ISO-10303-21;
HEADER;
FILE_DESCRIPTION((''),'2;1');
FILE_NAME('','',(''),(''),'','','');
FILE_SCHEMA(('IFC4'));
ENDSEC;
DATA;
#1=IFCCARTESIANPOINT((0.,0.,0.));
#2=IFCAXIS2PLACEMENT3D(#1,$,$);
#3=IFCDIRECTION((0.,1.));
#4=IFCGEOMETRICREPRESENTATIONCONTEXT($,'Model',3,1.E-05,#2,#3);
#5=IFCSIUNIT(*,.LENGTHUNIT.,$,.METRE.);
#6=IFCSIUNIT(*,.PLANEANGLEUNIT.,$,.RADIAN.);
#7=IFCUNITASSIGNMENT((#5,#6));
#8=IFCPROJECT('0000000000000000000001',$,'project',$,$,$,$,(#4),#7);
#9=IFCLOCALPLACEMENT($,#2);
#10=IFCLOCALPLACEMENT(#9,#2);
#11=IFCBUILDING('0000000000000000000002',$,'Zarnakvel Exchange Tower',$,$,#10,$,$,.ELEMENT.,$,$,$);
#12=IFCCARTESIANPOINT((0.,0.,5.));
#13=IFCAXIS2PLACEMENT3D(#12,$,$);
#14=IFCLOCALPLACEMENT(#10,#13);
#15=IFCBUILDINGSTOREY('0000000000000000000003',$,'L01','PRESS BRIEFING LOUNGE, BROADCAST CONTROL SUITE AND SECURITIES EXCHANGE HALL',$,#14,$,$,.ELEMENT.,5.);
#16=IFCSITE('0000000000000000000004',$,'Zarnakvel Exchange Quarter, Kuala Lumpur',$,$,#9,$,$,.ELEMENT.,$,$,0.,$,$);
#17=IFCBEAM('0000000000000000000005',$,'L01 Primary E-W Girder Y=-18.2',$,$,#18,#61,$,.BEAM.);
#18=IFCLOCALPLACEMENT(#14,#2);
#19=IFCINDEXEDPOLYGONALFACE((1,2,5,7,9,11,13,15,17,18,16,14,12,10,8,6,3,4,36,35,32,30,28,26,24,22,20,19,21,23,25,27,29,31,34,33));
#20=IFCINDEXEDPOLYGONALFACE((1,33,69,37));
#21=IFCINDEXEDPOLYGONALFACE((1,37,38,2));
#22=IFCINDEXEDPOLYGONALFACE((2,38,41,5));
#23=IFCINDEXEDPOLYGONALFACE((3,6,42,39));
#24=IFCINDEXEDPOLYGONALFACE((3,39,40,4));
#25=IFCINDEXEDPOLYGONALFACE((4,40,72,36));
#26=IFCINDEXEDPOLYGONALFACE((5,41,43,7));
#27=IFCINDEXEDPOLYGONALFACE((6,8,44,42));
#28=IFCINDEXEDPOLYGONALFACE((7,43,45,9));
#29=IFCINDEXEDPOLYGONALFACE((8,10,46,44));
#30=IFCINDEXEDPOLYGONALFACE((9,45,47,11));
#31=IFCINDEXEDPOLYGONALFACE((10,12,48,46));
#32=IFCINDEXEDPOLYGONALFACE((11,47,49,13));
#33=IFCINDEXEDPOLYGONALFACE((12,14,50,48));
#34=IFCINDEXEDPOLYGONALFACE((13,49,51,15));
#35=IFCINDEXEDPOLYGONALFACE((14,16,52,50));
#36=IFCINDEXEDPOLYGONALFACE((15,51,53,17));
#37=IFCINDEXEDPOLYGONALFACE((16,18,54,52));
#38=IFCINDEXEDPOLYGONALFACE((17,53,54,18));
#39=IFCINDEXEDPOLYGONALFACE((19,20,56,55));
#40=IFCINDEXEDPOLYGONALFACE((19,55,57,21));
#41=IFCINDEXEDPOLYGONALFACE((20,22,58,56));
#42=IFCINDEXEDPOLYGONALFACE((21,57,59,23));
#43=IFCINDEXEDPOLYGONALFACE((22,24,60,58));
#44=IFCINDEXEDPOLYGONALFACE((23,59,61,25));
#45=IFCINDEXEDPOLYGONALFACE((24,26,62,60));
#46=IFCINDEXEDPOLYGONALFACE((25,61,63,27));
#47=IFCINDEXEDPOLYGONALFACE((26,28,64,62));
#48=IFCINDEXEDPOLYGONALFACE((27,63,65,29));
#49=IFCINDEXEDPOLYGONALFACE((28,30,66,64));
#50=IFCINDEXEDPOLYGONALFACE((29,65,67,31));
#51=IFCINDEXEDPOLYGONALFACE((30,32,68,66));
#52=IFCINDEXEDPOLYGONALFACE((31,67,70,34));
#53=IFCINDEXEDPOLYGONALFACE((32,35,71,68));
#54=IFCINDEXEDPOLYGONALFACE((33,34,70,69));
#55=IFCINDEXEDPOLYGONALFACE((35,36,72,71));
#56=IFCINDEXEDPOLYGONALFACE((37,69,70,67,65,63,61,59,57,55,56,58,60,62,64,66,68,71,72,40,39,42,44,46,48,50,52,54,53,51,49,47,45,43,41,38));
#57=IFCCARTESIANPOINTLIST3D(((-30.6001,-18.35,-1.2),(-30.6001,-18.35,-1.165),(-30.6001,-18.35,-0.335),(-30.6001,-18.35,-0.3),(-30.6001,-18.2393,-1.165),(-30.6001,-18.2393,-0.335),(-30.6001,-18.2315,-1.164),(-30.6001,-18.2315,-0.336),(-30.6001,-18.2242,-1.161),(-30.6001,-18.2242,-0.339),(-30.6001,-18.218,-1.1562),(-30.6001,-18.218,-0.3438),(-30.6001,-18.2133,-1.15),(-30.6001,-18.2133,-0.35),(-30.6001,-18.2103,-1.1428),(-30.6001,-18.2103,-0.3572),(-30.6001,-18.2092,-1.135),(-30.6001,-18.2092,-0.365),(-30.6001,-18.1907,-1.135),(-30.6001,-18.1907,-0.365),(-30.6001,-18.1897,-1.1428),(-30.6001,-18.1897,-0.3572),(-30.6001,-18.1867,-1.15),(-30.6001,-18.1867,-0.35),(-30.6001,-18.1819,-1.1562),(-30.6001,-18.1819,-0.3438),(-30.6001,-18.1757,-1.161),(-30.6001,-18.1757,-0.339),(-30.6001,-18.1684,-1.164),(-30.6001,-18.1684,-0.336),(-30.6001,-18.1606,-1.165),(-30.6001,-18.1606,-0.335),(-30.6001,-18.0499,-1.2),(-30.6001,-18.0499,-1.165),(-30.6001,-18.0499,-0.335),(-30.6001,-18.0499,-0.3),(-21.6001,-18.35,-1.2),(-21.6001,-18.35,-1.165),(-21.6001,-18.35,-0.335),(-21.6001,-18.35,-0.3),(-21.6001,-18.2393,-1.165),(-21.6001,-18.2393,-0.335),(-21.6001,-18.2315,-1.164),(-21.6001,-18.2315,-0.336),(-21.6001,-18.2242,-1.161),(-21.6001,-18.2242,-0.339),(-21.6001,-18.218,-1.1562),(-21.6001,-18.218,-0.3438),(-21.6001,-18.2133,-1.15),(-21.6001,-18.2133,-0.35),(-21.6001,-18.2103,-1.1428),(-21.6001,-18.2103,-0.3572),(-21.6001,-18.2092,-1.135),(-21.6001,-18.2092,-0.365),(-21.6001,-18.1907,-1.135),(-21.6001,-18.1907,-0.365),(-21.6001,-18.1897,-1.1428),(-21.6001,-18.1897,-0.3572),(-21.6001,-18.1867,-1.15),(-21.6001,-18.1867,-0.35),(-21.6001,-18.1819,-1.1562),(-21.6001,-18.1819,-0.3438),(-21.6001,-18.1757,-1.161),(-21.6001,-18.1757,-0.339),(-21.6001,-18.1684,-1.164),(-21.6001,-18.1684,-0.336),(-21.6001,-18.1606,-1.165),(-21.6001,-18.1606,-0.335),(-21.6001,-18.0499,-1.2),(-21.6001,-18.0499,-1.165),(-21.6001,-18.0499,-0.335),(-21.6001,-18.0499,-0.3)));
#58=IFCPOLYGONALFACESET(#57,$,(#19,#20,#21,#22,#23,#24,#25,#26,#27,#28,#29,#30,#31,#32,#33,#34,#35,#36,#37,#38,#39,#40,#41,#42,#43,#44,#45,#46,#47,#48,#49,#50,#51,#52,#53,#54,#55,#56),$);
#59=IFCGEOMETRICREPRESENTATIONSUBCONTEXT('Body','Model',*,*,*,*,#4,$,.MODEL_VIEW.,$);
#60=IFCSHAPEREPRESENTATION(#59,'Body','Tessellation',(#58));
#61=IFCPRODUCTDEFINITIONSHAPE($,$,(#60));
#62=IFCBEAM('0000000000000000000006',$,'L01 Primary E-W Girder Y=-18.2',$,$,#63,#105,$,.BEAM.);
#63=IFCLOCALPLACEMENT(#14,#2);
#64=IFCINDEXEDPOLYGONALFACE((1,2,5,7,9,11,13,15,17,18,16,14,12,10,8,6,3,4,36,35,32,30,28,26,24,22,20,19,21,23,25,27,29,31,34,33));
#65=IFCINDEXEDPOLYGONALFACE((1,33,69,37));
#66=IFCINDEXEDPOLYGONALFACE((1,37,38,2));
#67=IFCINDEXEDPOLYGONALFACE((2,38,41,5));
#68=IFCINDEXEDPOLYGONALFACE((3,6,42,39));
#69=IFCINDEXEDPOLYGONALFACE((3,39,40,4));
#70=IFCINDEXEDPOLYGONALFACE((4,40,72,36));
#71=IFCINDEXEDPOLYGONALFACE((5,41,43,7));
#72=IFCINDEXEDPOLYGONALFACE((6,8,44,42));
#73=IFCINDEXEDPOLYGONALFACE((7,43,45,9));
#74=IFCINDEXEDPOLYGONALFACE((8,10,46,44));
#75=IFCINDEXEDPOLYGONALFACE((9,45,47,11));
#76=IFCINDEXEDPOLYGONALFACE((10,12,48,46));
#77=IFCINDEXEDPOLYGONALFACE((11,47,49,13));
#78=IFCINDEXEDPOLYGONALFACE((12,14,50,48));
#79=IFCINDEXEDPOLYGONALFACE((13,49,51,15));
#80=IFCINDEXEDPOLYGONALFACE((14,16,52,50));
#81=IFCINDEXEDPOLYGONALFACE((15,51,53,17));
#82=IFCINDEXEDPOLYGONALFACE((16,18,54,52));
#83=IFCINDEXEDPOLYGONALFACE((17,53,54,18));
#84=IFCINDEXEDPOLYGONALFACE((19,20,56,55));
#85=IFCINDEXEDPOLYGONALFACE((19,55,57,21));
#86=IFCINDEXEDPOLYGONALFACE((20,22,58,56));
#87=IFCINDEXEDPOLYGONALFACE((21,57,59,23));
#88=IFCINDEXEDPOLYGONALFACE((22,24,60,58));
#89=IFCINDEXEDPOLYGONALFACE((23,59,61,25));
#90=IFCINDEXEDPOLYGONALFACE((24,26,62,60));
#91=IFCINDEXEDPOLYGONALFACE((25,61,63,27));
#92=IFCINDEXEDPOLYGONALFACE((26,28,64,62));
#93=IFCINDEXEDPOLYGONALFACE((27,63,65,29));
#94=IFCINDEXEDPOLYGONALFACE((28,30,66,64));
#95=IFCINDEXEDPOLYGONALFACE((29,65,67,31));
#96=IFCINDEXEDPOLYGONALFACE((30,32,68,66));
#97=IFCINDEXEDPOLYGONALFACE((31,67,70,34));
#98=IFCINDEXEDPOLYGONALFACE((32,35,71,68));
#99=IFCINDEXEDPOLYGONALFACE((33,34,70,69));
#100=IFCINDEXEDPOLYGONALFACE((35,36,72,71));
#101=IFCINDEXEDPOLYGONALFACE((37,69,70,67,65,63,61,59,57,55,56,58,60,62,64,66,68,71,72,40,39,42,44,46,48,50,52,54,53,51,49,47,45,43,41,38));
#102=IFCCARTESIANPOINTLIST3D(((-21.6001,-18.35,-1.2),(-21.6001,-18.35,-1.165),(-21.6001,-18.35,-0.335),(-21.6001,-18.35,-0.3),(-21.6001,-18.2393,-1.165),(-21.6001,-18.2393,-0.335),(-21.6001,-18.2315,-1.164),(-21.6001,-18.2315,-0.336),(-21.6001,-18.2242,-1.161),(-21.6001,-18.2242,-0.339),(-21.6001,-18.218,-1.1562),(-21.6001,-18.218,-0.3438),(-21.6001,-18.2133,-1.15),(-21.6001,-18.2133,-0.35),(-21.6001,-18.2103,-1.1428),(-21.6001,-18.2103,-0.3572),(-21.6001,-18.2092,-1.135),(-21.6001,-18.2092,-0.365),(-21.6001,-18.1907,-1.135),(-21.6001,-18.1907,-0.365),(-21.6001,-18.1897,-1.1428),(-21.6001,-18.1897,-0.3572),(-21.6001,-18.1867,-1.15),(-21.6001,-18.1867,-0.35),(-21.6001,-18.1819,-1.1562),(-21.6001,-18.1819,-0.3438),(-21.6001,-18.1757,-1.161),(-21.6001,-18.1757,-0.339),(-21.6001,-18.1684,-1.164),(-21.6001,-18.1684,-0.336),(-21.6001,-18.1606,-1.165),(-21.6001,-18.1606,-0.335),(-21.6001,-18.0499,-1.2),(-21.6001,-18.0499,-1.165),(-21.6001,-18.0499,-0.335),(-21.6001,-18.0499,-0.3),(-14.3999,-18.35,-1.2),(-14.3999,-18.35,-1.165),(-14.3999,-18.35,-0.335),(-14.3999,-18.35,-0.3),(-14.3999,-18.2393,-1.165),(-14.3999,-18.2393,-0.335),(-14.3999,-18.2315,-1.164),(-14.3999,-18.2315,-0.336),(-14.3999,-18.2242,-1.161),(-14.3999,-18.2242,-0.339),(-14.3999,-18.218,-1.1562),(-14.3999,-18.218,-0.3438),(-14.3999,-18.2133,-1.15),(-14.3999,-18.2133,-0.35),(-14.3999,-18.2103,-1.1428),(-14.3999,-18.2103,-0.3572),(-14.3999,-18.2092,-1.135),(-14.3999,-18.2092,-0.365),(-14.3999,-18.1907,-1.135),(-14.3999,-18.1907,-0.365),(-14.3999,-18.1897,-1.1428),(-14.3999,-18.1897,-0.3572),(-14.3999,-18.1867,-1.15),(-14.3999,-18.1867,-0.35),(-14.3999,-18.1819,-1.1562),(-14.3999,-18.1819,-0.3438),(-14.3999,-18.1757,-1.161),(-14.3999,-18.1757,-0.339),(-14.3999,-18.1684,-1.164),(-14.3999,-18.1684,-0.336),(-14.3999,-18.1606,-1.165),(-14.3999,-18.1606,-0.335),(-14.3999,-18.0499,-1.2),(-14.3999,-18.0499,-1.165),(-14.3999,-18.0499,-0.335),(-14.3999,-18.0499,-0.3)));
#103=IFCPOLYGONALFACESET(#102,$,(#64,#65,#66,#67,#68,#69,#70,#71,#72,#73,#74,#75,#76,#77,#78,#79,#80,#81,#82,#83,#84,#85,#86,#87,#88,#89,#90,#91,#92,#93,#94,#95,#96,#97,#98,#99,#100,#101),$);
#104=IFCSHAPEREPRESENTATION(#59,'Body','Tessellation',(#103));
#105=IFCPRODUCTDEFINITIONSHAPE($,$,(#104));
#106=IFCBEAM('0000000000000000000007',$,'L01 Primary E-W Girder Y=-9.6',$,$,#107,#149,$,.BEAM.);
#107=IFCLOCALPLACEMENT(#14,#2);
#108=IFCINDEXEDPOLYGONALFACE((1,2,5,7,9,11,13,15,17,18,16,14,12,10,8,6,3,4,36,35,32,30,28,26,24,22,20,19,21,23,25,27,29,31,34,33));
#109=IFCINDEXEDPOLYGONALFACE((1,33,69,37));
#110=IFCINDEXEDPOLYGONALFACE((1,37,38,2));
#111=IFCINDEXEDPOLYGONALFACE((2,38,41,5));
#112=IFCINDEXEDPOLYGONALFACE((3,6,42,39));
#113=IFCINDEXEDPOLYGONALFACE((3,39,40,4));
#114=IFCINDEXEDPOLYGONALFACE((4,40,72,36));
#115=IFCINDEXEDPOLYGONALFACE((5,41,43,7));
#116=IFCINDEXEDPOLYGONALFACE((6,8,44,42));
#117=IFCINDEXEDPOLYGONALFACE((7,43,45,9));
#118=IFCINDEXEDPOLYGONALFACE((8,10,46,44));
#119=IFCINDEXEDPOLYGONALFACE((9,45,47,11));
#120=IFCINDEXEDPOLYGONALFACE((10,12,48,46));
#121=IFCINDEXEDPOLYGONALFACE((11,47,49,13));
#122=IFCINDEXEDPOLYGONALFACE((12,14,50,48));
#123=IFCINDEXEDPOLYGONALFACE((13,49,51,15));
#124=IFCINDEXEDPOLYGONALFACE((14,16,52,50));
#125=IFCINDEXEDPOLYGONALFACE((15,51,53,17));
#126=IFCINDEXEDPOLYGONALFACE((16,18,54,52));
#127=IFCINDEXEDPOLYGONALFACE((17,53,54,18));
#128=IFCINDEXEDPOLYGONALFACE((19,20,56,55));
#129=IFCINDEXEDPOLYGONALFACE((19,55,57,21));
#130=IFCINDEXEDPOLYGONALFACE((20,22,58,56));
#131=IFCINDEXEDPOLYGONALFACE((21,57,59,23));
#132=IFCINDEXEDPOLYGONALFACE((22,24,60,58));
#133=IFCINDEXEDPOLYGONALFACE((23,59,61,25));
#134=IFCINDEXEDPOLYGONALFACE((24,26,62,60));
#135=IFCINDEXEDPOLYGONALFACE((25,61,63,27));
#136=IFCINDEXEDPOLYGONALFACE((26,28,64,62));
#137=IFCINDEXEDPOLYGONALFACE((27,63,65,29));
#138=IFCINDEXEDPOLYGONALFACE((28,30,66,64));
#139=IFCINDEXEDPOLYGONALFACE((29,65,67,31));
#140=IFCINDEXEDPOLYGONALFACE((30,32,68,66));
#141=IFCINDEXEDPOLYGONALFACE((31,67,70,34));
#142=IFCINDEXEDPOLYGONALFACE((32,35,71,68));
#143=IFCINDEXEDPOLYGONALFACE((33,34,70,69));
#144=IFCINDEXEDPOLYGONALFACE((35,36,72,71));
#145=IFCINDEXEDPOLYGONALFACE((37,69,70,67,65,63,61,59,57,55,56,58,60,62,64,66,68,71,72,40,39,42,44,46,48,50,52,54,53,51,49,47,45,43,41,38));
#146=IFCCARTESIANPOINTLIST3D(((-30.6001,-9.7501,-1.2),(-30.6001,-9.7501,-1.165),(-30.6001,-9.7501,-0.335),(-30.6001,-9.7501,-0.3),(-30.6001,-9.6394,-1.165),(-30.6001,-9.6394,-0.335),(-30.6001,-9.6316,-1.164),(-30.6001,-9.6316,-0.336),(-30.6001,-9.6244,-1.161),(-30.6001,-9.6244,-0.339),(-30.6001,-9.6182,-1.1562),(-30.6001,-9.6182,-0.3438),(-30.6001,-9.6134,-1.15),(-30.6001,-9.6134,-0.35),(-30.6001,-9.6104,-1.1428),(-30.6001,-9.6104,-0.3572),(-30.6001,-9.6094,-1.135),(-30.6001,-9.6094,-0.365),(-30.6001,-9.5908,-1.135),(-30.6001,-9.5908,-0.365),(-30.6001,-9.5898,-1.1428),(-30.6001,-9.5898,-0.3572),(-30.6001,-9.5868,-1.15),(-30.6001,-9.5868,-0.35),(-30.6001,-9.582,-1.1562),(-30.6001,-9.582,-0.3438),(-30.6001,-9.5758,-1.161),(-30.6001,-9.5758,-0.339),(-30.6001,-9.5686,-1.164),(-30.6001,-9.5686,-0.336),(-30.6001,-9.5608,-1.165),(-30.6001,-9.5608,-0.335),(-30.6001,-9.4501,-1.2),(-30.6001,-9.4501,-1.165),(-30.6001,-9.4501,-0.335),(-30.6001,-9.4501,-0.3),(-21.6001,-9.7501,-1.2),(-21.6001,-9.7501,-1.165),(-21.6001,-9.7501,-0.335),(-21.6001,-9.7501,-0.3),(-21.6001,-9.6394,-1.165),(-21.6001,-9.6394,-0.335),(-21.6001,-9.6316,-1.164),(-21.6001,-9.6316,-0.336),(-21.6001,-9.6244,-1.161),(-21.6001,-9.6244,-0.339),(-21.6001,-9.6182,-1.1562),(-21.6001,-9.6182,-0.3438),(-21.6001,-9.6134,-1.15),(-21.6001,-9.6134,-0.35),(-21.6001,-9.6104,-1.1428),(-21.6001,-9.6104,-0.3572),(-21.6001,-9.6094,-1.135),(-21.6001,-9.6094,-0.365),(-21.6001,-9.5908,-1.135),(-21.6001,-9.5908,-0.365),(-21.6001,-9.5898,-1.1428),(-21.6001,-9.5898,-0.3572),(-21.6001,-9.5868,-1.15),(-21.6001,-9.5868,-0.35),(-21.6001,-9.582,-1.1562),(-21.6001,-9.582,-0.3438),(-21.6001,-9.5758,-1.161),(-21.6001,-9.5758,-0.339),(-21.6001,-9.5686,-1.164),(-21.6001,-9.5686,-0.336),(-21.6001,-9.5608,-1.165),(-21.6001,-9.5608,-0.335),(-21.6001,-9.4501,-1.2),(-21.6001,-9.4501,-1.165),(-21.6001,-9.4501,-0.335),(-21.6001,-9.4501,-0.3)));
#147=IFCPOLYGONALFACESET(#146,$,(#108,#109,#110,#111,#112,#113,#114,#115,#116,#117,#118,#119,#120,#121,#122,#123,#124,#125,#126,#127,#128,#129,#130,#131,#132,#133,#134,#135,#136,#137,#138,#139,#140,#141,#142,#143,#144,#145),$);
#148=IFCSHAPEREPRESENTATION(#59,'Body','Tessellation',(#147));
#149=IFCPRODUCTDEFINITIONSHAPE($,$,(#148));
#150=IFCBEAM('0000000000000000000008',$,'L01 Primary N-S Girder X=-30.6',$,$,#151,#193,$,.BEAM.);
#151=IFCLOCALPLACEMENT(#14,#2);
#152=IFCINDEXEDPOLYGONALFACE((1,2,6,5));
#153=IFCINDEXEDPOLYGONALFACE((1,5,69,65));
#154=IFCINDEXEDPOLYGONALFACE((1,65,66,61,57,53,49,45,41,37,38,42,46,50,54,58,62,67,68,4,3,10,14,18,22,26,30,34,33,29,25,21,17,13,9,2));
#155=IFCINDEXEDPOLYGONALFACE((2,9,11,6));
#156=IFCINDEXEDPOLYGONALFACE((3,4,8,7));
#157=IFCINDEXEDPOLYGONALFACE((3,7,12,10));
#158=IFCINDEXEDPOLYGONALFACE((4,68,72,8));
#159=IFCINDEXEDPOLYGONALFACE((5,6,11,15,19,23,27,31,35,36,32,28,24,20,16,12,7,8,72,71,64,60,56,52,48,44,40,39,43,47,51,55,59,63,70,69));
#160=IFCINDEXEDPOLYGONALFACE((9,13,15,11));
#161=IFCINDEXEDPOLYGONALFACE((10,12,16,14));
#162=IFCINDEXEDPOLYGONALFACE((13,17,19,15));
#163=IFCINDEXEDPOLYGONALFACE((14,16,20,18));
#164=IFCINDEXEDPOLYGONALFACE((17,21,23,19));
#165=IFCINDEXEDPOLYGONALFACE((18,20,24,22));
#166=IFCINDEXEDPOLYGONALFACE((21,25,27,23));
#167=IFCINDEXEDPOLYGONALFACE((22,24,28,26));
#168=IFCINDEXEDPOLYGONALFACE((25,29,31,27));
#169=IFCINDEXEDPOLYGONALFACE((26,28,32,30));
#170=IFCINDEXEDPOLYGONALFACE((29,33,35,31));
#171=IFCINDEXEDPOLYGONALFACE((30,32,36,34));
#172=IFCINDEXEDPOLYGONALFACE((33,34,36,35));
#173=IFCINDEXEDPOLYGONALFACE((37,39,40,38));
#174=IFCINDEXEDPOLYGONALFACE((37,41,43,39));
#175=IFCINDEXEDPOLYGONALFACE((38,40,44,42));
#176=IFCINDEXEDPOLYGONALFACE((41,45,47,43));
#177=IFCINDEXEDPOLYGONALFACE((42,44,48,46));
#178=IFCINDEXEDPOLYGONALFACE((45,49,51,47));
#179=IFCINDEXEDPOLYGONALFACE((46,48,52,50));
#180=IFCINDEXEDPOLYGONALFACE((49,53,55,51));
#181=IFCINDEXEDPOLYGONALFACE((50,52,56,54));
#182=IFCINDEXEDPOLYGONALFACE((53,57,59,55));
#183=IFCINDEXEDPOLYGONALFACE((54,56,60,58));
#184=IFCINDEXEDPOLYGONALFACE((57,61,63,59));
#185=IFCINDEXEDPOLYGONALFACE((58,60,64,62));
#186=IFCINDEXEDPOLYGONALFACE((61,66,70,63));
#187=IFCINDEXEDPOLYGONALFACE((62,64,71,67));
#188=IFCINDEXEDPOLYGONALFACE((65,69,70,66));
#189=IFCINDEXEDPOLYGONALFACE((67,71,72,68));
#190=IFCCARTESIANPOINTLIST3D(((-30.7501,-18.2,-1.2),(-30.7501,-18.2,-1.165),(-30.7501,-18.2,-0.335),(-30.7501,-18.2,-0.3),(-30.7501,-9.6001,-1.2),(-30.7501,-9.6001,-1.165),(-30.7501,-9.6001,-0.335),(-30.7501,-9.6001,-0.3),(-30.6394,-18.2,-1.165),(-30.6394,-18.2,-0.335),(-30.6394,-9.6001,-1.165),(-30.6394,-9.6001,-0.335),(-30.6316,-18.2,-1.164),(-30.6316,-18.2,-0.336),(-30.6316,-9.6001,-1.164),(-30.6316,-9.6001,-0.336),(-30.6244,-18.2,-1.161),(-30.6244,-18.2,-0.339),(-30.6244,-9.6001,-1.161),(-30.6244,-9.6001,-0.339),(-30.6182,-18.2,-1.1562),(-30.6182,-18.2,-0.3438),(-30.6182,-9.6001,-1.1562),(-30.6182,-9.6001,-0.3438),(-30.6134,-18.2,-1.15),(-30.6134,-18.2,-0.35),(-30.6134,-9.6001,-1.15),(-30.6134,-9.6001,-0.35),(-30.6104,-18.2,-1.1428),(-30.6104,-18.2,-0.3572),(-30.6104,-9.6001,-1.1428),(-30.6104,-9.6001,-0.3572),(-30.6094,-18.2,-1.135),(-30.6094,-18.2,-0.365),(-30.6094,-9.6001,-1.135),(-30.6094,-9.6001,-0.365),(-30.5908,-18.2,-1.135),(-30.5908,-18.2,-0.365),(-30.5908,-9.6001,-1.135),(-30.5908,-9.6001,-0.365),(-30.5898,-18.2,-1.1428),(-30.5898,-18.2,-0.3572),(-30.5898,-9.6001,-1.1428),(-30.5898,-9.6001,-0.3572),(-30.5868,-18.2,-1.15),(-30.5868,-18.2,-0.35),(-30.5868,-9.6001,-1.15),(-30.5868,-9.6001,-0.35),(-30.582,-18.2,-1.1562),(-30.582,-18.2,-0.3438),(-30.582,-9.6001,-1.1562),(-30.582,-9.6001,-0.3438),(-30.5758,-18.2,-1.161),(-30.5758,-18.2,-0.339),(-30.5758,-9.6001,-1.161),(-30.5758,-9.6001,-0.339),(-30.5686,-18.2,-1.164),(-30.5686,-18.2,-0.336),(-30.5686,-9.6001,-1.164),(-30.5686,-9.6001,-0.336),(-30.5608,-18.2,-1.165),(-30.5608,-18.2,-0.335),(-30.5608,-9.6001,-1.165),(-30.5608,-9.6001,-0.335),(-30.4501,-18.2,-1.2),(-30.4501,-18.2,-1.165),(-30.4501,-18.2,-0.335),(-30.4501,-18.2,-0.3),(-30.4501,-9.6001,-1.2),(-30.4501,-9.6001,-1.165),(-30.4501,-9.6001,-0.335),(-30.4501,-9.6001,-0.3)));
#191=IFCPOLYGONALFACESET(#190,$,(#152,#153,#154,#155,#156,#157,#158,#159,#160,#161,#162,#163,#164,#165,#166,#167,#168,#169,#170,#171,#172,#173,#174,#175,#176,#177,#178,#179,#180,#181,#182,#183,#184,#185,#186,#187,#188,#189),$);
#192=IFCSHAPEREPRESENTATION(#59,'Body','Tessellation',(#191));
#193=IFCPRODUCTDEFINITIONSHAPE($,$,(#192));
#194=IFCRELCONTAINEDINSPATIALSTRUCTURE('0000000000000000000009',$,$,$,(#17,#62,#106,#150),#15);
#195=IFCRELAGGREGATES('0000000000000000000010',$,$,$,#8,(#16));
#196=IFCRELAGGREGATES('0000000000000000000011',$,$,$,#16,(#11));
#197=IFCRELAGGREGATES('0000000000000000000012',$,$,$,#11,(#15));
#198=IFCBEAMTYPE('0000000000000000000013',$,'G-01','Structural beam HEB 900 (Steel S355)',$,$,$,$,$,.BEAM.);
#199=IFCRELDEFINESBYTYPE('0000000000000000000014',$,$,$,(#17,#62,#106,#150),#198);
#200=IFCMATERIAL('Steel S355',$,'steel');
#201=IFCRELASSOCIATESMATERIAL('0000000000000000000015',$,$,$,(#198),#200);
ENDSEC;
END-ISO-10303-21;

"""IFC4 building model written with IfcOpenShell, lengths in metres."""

from ifc_helpers import new_model, si_unit, direction, frame, origin, origin_2d, place, context, subcontext, project, spatial, i_section, extrude, material, material_profile, profile_set, type_object, element, save


model = new_model("IFC4")

# Units and contexts
model_context = context("Model", 3, precision=1e-05, world=origin(), true_north=direction((0.0, 1.0)))
body_context = subcontext(model_context, "Body", "Model", "MODEL_VIEW")
ifc_project = project(units=[si_unit("LENGTHUNIT", "METRE"), si_unit("PLANEANGLEUNIT", "RADIAN")], contexts=[model_context])

# Site, building, storey
site_placement = place(None, origin())
site = spatial("IfcSite", under=ifc_project, at=site_placement, Name="Zarnakvel Exchange Quarter, Kuala Lumpur", CompositionType="ELEMENT", RefElevation=0.0)
building_placement = place(site_placement, origin())
building = spatial("IfcBuilding", under=site, at=building_placement, Name="Zarnakvel Exchange Tower", CompositionType="ELEMENT")
storey_placement = place(building_placement, frame((0.0, 0.0, 5.0)))
storey = spatial("IfcBuildingStorey", under=building, at=storey_placement, Name="L01", Description="PRESS BRIEFING LOUNGE, BROADCAST CONTROL SUITE AND SECURITIES EXCHANGE HALL", CompositionType="ELEMENT", Elevation=5.0)

# Beams
ifc_material_1 = material(Name="Steel S355", Category="steel")
ifc_material_profile_1 = material_profile(ifc_material_1, i_section(OverallWidth=0.3, OverallDepth=0.8999, WebThickness=0.0186, FlangeThickness=0.0349, FilletRadius=0.03, at=origin_2d()))
ifc_profile_set_1 = profile_set([ifc_material_profile_1], Name="Steel S355")
beam_type_1 = type_object("IfcBeamType", Name="G-01", Description="Structural beam HEB 900 (Steel S355)", PredefinedType="BEAM", material=ifc_profile_set_1)
beam_1_placement = place(storey_placement, frame((-30.6001, -18.2, -0.75), z_axis=(1.0, 0.0, 0.0), x_axis=(0.0, 1.0, 0.0)))
element("IfcBeam", 1, at=beam_1_placement, inside=storey, type_object=beam_type_1, Name="L01 Primary E-W Girder Y=-18.2", PredefinedType="BEAM", context=body_context, shape_type="SweptSolid", body=[
    extrude(i_section(OverallWidth=0.3, OverallDepth=0.8999, WebThickness=0.0186, FlangeThickness=0.0349, FilletRadius=0.03, at=origin_2d()), origin(), (0.0, 0.0, 1.0), 9.0),
])
beam_2_placement = place(storey_placement, frame((-21.6001, -18.2, -0.75), z_axis=(1.0, 0.0, 0.0), x_axis=(0.0, 1.0, 0.0)))
element("IfcBeam", 2, at=beam_2_placement, inside=storey, type_object=beam_type_1, Name="L01 Primary E-W Girder Y=-18.2", PredefinedType="BEAM", context=body_context, shape_type="SweptSolid", body=[
    extrude(i_section(OverallWidth=0.3, OverallDepth=0.8999, WebThickness=0.0186, FlangeThickness=0.0349, FilletRadius=0.03, at=origin_2d()), origin(), (0.0, 0.0, 1.0), 7.2002),
])
beam_3_placement = place(storey_placement, frame((-30.6001, -9.6001, -0.75), z_axis=(1.0, 0.0, 0.0), x_axis=(0.0, 1.0, 0.0)))
element("IfcBeam", 3, at=beam_3_placement, inside=storey, type_object=beam_type_1, Name="L01 Primary E-W Girder Y=-9.6", PredefinedType="BEAM", context=body_context, shape_type="SweptSolid", body=[
    extrude(i_section(OverallWidth=0.3, OverallDepth=0.8999, WebThickness=0.0186, FlangeThickness=0.0349, FilletRadius=0.03, at=origin_2d()), origin(), (0.0, 0.0, 1.0), 9.0),
])
beam_4_placement = place(storey_placement, frame((-30.6001, -18.2, -0.75), z_axis=(0.0, 1.0, 0.0), x_axis=(-1.0, 0.0, 0.0)))
element("IfcBeam", 4, at=beam_4_placement, inside=storey, type_object=beam_type_1, Name="L01 Primary N-S Girder X=-30.6", PredefinedType="BEAM", context=body_context, shape_type="SweptSolid", body=[
    extrude(i_section(OverallWidth=0.3, OverallDepth=0.8999, WebThickness=0.0186, FlangeThickness=0.0349, FilletRadius=0.03, at=origin_2d()), origin(), (0.0, 0.0, 1.0), 8.5999),
])

save(model, "model.ifc")
